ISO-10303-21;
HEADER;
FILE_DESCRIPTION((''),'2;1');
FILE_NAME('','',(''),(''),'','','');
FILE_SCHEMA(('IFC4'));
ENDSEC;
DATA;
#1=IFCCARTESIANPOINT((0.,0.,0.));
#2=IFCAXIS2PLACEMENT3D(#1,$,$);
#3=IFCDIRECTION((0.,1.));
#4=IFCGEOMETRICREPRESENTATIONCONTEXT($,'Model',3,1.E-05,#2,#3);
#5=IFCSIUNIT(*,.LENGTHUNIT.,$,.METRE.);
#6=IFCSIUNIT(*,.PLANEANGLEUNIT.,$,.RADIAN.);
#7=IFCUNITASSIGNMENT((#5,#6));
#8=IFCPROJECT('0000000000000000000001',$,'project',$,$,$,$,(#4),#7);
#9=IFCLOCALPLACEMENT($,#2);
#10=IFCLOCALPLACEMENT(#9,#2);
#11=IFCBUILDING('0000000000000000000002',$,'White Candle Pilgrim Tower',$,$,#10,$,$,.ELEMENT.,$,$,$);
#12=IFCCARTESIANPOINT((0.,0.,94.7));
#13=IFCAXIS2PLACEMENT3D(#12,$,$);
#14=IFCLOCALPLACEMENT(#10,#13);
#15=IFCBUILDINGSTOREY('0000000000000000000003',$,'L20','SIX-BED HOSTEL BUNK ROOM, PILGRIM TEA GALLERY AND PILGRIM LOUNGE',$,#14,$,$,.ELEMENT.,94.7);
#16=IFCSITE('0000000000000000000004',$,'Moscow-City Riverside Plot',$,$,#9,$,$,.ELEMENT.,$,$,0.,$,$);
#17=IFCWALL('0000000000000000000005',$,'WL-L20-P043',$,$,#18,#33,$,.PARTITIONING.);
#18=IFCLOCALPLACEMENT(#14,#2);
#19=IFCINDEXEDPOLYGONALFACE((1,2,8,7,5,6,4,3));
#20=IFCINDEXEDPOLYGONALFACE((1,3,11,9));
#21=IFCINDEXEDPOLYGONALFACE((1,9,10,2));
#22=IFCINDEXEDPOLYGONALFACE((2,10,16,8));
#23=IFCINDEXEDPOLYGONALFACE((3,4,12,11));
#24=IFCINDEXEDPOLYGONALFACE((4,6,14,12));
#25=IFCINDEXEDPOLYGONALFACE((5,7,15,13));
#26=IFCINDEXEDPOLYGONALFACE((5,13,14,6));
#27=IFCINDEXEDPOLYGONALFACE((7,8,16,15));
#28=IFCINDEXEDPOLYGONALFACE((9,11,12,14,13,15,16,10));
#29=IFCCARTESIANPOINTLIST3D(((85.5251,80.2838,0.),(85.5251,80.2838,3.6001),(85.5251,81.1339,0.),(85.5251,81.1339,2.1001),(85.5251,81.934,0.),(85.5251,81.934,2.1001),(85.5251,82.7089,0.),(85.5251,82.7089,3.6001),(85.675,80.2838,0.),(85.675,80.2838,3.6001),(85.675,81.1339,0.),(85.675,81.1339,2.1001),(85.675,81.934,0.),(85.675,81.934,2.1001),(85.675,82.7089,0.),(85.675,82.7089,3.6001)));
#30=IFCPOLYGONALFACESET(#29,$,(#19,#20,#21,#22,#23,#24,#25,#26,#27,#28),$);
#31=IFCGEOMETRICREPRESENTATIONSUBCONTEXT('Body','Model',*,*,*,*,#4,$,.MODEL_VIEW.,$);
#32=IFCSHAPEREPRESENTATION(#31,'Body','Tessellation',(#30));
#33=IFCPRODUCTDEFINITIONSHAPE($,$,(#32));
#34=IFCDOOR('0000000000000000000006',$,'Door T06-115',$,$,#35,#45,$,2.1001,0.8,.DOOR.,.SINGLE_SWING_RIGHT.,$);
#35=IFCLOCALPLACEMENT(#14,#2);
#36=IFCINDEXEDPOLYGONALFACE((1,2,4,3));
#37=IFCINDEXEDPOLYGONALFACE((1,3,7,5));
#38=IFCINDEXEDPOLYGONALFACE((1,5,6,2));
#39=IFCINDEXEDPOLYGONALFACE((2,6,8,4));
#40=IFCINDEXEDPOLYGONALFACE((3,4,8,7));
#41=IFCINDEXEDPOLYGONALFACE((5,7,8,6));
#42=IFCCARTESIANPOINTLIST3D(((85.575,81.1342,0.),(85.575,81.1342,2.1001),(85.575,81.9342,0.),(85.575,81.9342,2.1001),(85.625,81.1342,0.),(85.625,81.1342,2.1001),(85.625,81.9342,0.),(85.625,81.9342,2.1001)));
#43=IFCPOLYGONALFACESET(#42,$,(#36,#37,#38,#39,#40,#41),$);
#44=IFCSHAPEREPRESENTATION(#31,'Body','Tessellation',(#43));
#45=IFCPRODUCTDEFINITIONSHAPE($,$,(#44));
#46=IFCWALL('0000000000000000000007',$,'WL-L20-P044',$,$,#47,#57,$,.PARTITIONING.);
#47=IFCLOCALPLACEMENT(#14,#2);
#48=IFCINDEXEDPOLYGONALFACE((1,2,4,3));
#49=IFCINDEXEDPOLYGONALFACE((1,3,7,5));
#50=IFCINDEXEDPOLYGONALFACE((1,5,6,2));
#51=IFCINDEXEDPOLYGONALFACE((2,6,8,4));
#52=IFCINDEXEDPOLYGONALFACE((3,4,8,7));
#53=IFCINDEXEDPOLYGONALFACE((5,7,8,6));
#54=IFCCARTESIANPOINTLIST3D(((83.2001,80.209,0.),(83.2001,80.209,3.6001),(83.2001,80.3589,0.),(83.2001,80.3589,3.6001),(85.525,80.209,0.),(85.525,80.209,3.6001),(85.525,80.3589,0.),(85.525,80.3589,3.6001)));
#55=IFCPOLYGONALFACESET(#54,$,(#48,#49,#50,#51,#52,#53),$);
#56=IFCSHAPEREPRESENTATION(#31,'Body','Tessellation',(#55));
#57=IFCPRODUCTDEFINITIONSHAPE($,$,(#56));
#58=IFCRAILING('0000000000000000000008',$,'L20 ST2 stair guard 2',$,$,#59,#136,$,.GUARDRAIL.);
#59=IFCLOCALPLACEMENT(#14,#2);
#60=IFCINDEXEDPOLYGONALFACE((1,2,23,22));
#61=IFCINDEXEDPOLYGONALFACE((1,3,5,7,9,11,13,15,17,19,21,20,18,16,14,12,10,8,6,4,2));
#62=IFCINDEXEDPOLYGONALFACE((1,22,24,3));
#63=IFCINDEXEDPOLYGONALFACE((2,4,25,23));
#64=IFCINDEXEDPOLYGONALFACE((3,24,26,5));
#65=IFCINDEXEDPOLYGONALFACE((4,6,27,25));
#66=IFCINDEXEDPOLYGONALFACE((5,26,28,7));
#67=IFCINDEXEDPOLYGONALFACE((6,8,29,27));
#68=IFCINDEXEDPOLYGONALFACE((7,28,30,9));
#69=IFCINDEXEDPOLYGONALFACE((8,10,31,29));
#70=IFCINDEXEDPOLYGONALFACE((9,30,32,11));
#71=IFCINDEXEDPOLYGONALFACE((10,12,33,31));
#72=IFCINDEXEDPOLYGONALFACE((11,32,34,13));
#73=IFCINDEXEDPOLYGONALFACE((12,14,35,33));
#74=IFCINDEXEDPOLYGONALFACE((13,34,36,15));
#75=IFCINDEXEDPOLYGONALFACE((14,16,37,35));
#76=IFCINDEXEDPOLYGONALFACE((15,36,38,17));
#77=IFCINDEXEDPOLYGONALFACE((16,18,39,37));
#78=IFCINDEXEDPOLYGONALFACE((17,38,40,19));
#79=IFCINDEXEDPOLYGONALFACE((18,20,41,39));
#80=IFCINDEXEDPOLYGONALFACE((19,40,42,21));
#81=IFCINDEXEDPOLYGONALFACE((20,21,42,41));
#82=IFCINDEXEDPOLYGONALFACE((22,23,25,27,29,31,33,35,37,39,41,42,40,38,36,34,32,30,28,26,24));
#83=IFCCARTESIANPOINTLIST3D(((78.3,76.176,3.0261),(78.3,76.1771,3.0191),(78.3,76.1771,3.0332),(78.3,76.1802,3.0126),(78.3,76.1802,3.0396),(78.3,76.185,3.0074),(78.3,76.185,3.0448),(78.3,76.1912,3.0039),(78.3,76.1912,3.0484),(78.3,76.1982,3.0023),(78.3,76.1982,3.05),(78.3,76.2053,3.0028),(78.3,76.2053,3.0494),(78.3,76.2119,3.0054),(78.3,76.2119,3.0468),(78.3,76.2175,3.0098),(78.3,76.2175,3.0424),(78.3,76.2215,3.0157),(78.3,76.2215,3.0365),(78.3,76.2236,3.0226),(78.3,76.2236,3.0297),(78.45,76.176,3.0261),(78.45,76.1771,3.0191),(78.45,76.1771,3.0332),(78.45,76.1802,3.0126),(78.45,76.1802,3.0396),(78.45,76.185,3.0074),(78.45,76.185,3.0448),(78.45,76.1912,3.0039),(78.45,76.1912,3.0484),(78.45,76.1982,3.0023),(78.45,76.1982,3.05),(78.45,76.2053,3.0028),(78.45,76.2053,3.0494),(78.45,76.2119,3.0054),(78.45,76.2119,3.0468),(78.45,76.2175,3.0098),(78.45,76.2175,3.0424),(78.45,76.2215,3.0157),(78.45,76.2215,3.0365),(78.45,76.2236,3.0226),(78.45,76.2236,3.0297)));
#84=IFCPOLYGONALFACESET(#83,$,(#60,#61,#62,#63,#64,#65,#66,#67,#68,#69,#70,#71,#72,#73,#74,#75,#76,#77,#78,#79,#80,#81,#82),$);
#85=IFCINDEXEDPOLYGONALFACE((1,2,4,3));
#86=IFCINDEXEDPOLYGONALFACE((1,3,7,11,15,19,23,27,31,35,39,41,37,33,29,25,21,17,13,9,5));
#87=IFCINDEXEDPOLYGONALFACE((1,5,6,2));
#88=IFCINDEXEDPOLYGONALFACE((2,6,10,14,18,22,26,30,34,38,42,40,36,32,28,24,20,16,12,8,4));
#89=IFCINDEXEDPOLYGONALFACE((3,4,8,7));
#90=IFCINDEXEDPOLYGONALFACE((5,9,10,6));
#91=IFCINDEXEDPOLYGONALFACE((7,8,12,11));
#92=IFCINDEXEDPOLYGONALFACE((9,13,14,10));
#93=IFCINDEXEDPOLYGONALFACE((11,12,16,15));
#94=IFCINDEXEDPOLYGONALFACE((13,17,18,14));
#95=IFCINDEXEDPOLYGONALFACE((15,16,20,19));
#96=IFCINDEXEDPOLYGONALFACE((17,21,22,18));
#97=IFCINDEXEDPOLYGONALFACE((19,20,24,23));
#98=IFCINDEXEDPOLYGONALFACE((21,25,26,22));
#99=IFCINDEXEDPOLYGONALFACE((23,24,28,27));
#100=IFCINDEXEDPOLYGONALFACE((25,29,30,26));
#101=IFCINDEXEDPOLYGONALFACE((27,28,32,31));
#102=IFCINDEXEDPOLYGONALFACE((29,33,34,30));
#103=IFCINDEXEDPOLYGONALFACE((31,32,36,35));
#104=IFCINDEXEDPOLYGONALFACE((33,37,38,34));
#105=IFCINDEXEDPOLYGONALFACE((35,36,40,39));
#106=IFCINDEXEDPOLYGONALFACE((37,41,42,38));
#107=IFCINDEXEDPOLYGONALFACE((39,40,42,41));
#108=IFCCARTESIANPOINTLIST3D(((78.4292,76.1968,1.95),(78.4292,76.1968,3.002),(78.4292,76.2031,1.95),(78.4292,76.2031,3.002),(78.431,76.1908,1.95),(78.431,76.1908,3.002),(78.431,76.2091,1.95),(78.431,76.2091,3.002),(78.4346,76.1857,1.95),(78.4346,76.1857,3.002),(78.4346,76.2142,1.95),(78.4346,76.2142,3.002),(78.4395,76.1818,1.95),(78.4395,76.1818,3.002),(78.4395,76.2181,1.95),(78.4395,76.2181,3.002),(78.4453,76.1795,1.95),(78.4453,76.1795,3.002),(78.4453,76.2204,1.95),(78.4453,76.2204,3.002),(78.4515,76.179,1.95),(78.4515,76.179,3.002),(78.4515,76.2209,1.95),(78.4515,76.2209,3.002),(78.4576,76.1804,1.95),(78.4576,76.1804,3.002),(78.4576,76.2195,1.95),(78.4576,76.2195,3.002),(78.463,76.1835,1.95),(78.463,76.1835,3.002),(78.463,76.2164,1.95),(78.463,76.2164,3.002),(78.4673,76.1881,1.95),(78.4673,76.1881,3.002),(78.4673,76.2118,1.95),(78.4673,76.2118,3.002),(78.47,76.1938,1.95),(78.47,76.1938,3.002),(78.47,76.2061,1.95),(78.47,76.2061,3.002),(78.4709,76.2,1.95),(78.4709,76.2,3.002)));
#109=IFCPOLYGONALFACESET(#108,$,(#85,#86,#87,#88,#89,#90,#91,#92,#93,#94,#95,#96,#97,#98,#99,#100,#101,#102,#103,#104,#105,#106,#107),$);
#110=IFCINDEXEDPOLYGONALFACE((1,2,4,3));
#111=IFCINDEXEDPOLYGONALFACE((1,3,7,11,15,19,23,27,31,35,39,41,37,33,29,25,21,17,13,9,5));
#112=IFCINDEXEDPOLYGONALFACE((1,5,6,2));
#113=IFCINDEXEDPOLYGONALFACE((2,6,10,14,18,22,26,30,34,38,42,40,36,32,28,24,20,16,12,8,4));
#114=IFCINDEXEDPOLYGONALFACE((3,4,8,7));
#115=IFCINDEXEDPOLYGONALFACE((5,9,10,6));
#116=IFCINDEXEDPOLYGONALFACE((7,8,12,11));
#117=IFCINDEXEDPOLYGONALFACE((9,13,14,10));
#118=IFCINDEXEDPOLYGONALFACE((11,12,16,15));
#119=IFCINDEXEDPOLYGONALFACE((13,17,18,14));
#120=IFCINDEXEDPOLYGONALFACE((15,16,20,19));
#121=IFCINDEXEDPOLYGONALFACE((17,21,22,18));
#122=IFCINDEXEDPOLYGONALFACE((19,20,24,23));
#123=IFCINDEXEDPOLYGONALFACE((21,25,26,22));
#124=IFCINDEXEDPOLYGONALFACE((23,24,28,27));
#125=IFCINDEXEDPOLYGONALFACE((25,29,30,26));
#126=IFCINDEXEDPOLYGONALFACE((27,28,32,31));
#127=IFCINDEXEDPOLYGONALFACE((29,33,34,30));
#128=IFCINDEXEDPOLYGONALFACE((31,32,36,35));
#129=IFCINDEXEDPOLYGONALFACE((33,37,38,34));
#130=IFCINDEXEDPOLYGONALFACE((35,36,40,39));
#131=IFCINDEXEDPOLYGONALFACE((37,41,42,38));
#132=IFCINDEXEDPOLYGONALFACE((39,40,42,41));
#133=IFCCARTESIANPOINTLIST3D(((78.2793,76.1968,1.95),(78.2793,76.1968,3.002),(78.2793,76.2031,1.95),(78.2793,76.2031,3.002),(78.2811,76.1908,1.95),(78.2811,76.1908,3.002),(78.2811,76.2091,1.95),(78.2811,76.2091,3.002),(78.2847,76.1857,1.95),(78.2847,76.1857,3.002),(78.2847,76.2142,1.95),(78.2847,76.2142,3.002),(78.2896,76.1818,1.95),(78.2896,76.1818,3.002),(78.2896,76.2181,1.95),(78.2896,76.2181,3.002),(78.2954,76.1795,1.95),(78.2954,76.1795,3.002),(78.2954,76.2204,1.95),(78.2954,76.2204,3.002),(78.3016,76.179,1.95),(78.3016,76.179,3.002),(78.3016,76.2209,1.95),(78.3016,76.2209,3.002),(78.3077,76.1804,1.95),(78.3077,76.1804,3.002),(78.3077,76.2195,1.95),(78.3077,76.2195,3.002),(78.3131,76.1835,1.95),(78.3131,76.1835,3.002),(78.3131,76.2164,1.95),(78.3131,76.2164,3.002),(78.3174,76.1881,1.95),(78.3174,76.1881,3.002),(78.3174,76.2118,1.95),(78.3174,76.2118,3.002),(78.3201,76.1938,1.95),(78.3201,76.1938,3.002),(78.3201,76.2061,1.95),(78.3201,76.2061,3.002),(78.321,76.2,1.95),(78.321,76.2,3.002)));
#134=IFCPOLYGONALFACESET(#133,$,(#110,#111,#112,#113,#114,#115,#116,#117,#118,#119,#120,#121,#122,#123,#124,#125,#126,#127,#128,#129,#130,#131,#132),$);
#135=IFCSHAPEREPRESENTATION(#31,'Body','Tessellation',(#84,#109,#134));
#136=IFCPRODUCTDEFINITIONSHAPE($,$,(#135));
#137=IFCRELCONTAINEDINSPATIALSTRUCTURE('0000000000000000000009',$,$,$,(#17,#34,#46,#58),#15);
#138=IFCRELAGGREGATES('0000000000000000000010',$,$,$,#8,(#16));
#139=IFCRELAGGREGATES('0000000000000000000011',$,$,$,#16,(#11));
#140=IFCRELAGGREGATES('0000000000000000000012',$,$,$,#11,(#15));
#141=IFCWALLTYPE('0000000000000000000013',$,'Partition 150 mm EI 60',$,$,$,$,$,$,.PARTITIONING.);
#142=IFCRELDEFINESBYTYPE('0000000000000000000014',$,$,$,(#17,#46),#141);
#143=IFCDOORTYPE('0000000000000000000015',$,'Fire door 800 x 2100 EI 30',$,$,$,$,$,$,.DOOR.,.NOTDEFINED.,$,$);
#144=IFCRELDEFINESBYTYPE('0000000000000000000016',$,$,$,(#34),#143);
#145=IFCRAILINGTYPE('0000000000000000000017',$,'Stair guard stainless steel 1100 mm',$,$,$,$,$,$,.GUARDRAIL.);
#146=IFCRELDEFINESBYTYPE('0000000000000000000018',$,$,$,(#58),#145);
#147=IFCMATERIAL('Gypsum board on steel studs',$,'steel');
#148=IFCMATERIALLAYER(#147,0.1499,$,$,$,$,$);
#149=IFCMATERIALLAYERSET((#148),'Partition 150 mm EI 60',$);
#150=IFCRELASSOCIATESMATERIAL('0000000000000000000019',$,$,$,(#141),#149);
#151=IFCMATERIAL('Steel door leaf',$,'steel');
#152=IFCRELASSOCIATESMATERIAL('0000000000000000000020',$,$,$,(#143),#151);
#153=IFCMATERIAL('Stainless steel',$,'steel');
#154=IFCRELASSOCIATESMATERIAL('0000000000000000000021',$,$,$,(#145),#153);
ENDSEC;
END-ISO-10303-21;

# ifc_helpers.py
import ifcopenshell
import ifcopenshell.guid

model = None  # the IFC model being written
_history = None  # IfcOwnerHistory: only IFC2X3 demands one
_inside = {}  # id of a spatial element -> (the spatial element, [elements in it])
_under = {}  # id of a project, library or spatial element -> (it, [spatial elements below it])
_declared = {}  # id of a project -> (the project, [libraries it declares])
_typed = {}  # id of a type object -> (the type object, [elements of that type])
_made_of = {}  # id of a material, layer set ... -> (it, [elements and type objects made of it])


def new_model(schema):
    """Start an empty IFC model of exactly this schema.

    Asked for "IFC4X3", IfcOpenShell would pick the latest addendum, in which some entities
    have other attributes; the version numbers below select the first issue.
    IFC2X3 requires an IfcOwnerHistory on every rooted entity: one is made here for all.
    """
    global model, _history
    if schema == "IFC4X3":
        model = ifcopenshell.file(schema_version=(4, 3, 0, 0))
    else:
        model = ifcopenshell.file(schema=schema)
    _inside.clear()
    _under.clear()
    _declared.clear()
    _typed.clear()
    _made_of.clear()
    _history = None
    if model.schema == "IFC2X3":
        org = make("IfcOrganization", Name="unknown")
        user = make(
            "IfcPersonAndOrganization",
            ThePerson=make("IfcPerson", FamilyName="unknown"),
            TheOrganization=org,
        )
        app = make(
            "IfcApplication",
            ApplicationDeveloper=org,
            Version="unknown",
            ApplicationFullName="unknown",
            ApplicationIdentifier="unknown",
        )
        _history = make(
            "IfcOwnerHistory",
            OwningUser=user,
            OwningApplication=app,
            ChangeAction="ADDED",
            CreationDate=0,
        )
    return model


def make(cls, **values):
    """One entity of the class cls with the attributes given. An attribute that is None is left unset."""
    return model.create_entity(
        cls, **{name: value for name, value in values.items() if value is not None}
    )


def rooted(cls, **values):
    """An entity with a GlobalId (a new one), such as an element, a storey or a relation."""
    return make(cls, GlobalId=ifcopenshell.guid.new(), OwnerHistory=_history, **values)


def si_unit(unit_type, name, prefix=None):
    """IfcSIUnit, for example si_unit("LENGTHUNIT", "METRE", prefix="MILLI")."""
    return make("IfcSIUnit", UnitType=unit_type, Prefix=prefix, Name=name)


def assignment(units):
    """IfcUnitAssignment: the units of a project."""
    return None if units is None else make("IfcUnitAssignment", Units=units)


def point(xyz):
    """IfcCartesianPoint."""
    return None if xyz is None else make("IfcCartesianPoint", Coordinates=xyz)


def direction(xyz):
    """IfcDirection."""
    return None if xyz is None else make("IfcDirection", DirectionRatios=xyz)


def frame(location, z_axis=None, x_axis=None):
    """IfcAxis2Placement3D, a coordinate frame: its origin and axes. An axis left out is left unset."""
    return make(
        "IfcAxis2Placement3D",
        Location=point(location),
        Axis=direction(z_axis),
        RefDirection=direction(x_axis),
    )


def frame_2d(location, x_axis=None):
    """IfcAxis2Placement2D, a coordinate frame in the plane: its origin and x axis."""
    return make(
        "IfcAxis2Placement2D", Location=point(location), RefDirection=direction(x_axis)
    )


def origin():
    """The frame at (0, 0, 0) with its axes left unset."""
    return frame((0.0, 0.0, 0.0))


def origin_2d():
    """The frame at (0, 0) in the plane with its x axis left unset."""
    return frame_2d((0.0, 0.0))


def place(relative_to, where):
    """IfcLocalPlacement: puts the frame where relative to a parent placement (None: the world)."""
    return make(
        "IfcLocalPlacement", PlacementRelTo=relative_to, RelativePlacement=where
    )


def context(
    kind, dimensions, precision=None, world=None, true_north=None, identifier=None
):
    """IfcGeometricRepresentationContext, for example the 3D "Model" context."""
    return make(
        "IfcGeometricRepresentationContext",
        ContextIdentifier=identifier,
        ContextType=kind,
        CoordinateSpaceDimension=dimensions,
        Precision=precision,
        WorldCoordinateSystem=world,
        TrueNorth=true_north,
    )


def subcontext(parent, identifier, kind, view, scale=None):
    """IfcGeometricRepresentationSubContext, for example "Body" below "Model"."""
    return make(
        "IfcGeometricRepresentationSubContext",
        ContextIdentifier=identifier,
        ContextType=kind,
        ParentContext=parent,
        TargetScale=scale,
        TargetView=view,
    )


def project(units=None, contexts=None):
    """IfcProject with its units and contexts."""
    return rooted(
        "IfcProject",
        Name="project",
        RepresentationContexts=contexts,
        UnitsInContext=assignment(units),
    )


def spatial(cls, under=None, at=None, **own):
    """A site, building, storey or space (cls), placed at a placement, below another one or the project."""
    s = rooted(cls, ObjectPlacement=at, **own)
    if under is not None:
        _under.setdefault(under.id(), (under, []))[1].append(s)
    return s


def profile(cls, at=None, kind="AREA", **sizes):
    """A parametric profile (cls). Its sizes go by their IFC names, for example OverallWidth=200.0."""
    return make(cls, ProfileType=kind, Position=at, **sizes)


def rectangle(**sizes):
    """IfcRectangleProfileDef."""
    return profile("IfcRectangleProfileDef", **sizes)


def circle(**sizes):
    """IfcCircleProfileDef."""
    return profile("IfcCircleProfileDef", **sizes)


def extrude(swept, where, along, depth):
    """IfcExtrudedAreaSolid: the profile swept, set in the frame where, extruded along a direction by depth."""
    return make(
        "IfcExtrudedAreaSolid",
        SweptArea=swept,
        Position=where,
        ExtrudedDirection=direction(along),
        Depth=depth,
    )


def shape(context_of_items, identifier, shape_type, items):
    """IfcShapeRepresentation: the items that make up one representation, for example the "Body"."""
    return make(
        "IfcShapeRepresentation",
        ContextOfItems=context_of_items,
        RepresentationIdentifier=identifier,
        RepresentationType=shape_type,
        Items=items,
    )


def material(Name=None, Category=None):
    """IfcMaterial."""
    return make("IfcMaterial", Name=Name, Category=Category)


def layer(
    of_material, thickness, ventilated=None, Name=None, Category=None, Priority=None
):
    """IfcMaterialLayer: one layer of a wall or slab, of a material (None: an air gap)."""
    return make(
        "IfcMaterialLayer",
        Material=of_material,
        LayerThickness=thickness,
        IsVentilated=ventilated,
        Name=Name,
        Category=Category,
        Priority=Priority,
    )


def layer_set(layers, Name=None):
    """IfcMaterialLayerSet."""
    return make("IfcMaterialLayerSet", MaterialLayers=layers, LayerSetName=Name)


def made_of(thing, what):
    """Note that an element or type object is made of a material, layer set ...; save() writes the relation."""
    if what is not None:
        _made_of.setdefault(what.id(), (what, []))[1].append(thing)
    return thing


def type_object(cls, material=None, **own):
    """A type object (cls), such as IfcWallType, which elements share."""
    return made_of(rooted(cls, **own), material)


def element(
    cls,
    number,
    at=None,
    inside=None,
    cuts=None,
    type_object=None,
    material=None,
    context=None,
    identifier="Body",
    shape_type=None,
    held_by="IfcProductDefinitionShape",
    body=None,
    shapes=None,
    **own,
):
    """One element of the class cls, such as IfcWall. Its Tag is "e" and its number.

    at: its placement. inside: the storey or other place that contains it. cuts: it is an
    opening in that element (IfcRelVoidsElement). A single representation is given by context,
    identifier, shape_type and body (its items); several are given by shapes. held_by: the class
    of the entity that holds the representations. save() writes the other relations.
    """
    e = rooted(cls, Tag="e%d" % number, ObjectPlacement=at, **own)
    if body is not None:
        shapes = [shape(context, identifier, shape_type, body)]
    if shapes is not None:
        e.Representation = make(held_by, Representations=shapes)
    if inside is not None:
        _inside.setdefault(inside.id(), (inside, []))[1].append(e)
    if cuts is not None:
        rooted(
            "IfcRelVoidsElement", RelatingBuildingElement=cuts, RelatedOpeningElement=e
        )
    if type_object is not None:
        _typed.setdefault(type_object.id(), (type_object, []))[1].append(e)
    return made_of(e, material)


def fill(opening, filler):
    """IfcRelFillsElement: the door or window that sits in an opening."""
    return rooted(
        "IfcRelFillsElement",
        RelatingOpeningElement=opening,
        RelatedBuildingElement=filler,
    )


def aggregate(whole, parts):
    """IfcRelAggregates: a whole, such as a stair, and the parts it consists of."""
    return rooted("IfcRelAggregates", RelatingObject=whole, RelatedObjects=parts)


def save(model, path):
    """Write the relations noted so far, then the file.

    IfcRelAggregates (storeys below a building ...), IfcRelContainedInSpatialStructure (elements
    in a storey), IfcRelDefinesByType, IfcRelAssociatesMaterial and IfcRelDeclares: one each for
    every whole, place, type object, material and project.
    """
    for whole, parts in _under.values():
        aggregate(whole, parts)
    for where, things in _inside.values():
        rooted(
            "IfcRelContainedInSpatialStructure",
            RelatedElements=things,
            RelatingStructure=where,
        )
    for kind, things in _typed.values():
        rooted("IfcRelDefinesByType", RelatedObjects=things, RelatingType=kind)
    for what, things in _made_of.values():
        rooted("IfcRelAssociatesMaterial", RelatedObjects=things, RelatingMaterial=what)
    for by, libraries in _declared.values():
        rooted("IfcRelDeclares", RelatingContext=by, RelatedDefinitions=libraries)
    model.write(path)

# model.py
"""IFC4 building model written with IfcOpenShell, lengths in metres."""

from ifc_helpers import new_model, si_unit, direction, frame, frame_2d, origin, origin_2d, place, context, subcontext, project, spatial, rectangle, circle, extrude, material, layer, layer_set, type_object, element, fill, save


model = new_model("IFC4")

# Units and contexts
model_context = context("Model", 3, precision=1e-05, world=origin(), true_north=direction((0.0, 1.0)))
body_context = subcontext(model_context, "Body", "Model", "MODEL_VIEW")
ifc_project = project(units=[si_unit("LENGTHUNIT", "METRE"), si_unit("PLANEANGLEUNIT", "RADIAN")], contexts=[model_context])

# Site, building, storey
site_placement = place(None, origin())
site = spatial("IfcSite", under=ifc_project, at=site_placement, Name="Moscow-City Riverside Plot", CompositionType="ELEMENT", RefElevation=0.0)
building_placement = place(site_placement, origin())
building = spatial("IfcBuilding", under=site, at=building_placement, Name="White Candle Pilgrim Tower", CompositionType="ELEMENT")
storey_placement = place(building_placement, frame((0.0, 0.0, 94.7)))
storey = spatial("IfcBuildingStorey", under=building, at=storey_placement, Name="L20", Description="SIX-BED HOSTEL BUNK ROOM, PILGRIM TEA GALLERY AND PILGRIM LOUNGE", CompositionType="ELEMENT", Elevation=94.7)

# Shared definitions
ifc_material_1 = material(Name="Steel door leaf", Category="steel")

# Shared definitions
ifc_material_2 = material(Name="Gypsum board on steel studs", Category="steel")

# Shared definitions
ifc_layer_1 = layer(ifc_material_2, 0.1499)
ifc_layer_set_1 = layer_set([ifc_layer_1], Name="Partition 150 mm EI 60")
wall_type_1 = type_object("IfcWallType", Name="Partition 150 mm EI 60", PredefinedType="PARTITIONING", material=ifc_layer_set_1)

# Wall, opening, door
wall_1_placement = place(storey_placement, frame((85.6001, 80.2839, 0.0), z_axis=(0.0, 0.0, 1.0), x_axis=(0.0, 1.0, 0.0)))
wall_1 = element("IfcWall", 1, at=wall_1_placement, inside=storey, type_object=wall_type_1, Name="WL-L20-P043", PredefinedType="PARTITIONING", context=body_context, shape_type="SweptSolid", body=[
    extrude(rectangle(XDim=2.425, YDim=0.1499, at=frame_2d((1.2124, 0.0))), origin(), (0.0, 0.0, 1.0), 3.6001),
])
opening_1_placement = place(wall_1_placement, frame((0.8501, 0.0, 0.0)))
opening_1 = element("IfcOpeningElement", 2, at=opening_1_placement, cuts=wall_1, PredefinedType="OPENING", context=body_context, shape_type="SweptSolid", body=[
    extrude(rectangle(XDim=0.8, YDim=2.1001, at=frame_2d((0.3999, 1.05))), frame((0.0, 0.085, 0.0), z_axis=(0.0, -1.0, 0.0), x_axis=(1.0, 0.0, 0.0)), (0.0, 0.0, 1.0), 0.1699),
])
door_type_1 = type_object("IfcDoorType", Name="Fire door 800 x 2100 EI 30", OperationType="NOTDEFINED", PredefinedType="DOOR", material=ifc_material_1)
door_1_placement = place(opening_1_placement, frame((0.8, 0.0, 0.0), z_axis=(0.0, 0.0, 1.0), x_axis=(-1.0, 0.0, 0.0)))
door_1 = element("IfcDoor", 3, at=door_1_placement, inside=storey, type_object=door_type_1, Name="Door T06-115", OperationType="SINGLE_SWING_RIGHT", OverallHeight=2.1001, OverallWidth=0.8, PredefinedType="DOOR", context=body_context, shape_type="SweptSolid", body=[
    extrude(rectangle(XDim=0.8, YDim=2.1001, at=frame_2d((0.3999, 1.05))), frame((0.0, 0.0249, 0.0), z_axis=(0.0, -1.0, 0.0), x_axis=(1.0, 0.0, 0.0)), (0.0, 0.0, 1.0), 0.05),
])
fill(opening_1, door_1)

# Wall
wall_2_placement = place(storey_placement, frame((83.2, 80.2839, 0.0), z_axis=(0.0, 0.0, 1.0), x_axis=(1.0, 0.0, 0.0)))
element("IfcWall", 4, at=wall_2_placement, inside=storey, type_object=wall_type_1, Name="WL-L20-P044", PredefinedType="PARTITIONING", context=body_context, shape_type="SweptSolid", body=[
    extrude(rectangle(XDim=2.325, YDim=0.1499, at=frame_2d((1.1626, 0.0))), origin(), (0.0, 0.0, 1.0), 3.6001),
])

# Railing
ifc_material_3 = material(Name="Stainless steel", Category="steel")
railing_type = type_object("IfcRailingType", Name="Stair guard stainless steel 1100 mm", PredefinedType="GUARDRAIL", material=ifc_material_3)
railing_1_placement = place(storey_placement, frame((78.45, 76.2, 1.95)))
element("IfcRailing", 5, at=railing_1_placement, inside=storey, type_object=railing_type, Name="L20 ST2 stair guard 2", PredefinedType="GUARDRAIL", context=body_context, shape_type="SweptSolid", body=[
    extrude(circle(Radius=0.0239, at=origin_2d()), frame((0.0, 0.0, 1.0762), z_axis=(-1.0, 0.0, 0.0), x_axis=(0.0, -1.0, 0.0)), (0.0, 0.0, 1.0), 0.1499),
    extrude(circle(Radius=0.021, at=origin_2d()), origin(), (0.0, 0.0, 1.0), 1.052),
    extrude(circle(Radius=0.021, at=origin_2d()), frame((-0.1499, 0.0, 0.0)), (0.0, 0.0, 1.0), 1.052),
])

save(model, "model.ifc")
